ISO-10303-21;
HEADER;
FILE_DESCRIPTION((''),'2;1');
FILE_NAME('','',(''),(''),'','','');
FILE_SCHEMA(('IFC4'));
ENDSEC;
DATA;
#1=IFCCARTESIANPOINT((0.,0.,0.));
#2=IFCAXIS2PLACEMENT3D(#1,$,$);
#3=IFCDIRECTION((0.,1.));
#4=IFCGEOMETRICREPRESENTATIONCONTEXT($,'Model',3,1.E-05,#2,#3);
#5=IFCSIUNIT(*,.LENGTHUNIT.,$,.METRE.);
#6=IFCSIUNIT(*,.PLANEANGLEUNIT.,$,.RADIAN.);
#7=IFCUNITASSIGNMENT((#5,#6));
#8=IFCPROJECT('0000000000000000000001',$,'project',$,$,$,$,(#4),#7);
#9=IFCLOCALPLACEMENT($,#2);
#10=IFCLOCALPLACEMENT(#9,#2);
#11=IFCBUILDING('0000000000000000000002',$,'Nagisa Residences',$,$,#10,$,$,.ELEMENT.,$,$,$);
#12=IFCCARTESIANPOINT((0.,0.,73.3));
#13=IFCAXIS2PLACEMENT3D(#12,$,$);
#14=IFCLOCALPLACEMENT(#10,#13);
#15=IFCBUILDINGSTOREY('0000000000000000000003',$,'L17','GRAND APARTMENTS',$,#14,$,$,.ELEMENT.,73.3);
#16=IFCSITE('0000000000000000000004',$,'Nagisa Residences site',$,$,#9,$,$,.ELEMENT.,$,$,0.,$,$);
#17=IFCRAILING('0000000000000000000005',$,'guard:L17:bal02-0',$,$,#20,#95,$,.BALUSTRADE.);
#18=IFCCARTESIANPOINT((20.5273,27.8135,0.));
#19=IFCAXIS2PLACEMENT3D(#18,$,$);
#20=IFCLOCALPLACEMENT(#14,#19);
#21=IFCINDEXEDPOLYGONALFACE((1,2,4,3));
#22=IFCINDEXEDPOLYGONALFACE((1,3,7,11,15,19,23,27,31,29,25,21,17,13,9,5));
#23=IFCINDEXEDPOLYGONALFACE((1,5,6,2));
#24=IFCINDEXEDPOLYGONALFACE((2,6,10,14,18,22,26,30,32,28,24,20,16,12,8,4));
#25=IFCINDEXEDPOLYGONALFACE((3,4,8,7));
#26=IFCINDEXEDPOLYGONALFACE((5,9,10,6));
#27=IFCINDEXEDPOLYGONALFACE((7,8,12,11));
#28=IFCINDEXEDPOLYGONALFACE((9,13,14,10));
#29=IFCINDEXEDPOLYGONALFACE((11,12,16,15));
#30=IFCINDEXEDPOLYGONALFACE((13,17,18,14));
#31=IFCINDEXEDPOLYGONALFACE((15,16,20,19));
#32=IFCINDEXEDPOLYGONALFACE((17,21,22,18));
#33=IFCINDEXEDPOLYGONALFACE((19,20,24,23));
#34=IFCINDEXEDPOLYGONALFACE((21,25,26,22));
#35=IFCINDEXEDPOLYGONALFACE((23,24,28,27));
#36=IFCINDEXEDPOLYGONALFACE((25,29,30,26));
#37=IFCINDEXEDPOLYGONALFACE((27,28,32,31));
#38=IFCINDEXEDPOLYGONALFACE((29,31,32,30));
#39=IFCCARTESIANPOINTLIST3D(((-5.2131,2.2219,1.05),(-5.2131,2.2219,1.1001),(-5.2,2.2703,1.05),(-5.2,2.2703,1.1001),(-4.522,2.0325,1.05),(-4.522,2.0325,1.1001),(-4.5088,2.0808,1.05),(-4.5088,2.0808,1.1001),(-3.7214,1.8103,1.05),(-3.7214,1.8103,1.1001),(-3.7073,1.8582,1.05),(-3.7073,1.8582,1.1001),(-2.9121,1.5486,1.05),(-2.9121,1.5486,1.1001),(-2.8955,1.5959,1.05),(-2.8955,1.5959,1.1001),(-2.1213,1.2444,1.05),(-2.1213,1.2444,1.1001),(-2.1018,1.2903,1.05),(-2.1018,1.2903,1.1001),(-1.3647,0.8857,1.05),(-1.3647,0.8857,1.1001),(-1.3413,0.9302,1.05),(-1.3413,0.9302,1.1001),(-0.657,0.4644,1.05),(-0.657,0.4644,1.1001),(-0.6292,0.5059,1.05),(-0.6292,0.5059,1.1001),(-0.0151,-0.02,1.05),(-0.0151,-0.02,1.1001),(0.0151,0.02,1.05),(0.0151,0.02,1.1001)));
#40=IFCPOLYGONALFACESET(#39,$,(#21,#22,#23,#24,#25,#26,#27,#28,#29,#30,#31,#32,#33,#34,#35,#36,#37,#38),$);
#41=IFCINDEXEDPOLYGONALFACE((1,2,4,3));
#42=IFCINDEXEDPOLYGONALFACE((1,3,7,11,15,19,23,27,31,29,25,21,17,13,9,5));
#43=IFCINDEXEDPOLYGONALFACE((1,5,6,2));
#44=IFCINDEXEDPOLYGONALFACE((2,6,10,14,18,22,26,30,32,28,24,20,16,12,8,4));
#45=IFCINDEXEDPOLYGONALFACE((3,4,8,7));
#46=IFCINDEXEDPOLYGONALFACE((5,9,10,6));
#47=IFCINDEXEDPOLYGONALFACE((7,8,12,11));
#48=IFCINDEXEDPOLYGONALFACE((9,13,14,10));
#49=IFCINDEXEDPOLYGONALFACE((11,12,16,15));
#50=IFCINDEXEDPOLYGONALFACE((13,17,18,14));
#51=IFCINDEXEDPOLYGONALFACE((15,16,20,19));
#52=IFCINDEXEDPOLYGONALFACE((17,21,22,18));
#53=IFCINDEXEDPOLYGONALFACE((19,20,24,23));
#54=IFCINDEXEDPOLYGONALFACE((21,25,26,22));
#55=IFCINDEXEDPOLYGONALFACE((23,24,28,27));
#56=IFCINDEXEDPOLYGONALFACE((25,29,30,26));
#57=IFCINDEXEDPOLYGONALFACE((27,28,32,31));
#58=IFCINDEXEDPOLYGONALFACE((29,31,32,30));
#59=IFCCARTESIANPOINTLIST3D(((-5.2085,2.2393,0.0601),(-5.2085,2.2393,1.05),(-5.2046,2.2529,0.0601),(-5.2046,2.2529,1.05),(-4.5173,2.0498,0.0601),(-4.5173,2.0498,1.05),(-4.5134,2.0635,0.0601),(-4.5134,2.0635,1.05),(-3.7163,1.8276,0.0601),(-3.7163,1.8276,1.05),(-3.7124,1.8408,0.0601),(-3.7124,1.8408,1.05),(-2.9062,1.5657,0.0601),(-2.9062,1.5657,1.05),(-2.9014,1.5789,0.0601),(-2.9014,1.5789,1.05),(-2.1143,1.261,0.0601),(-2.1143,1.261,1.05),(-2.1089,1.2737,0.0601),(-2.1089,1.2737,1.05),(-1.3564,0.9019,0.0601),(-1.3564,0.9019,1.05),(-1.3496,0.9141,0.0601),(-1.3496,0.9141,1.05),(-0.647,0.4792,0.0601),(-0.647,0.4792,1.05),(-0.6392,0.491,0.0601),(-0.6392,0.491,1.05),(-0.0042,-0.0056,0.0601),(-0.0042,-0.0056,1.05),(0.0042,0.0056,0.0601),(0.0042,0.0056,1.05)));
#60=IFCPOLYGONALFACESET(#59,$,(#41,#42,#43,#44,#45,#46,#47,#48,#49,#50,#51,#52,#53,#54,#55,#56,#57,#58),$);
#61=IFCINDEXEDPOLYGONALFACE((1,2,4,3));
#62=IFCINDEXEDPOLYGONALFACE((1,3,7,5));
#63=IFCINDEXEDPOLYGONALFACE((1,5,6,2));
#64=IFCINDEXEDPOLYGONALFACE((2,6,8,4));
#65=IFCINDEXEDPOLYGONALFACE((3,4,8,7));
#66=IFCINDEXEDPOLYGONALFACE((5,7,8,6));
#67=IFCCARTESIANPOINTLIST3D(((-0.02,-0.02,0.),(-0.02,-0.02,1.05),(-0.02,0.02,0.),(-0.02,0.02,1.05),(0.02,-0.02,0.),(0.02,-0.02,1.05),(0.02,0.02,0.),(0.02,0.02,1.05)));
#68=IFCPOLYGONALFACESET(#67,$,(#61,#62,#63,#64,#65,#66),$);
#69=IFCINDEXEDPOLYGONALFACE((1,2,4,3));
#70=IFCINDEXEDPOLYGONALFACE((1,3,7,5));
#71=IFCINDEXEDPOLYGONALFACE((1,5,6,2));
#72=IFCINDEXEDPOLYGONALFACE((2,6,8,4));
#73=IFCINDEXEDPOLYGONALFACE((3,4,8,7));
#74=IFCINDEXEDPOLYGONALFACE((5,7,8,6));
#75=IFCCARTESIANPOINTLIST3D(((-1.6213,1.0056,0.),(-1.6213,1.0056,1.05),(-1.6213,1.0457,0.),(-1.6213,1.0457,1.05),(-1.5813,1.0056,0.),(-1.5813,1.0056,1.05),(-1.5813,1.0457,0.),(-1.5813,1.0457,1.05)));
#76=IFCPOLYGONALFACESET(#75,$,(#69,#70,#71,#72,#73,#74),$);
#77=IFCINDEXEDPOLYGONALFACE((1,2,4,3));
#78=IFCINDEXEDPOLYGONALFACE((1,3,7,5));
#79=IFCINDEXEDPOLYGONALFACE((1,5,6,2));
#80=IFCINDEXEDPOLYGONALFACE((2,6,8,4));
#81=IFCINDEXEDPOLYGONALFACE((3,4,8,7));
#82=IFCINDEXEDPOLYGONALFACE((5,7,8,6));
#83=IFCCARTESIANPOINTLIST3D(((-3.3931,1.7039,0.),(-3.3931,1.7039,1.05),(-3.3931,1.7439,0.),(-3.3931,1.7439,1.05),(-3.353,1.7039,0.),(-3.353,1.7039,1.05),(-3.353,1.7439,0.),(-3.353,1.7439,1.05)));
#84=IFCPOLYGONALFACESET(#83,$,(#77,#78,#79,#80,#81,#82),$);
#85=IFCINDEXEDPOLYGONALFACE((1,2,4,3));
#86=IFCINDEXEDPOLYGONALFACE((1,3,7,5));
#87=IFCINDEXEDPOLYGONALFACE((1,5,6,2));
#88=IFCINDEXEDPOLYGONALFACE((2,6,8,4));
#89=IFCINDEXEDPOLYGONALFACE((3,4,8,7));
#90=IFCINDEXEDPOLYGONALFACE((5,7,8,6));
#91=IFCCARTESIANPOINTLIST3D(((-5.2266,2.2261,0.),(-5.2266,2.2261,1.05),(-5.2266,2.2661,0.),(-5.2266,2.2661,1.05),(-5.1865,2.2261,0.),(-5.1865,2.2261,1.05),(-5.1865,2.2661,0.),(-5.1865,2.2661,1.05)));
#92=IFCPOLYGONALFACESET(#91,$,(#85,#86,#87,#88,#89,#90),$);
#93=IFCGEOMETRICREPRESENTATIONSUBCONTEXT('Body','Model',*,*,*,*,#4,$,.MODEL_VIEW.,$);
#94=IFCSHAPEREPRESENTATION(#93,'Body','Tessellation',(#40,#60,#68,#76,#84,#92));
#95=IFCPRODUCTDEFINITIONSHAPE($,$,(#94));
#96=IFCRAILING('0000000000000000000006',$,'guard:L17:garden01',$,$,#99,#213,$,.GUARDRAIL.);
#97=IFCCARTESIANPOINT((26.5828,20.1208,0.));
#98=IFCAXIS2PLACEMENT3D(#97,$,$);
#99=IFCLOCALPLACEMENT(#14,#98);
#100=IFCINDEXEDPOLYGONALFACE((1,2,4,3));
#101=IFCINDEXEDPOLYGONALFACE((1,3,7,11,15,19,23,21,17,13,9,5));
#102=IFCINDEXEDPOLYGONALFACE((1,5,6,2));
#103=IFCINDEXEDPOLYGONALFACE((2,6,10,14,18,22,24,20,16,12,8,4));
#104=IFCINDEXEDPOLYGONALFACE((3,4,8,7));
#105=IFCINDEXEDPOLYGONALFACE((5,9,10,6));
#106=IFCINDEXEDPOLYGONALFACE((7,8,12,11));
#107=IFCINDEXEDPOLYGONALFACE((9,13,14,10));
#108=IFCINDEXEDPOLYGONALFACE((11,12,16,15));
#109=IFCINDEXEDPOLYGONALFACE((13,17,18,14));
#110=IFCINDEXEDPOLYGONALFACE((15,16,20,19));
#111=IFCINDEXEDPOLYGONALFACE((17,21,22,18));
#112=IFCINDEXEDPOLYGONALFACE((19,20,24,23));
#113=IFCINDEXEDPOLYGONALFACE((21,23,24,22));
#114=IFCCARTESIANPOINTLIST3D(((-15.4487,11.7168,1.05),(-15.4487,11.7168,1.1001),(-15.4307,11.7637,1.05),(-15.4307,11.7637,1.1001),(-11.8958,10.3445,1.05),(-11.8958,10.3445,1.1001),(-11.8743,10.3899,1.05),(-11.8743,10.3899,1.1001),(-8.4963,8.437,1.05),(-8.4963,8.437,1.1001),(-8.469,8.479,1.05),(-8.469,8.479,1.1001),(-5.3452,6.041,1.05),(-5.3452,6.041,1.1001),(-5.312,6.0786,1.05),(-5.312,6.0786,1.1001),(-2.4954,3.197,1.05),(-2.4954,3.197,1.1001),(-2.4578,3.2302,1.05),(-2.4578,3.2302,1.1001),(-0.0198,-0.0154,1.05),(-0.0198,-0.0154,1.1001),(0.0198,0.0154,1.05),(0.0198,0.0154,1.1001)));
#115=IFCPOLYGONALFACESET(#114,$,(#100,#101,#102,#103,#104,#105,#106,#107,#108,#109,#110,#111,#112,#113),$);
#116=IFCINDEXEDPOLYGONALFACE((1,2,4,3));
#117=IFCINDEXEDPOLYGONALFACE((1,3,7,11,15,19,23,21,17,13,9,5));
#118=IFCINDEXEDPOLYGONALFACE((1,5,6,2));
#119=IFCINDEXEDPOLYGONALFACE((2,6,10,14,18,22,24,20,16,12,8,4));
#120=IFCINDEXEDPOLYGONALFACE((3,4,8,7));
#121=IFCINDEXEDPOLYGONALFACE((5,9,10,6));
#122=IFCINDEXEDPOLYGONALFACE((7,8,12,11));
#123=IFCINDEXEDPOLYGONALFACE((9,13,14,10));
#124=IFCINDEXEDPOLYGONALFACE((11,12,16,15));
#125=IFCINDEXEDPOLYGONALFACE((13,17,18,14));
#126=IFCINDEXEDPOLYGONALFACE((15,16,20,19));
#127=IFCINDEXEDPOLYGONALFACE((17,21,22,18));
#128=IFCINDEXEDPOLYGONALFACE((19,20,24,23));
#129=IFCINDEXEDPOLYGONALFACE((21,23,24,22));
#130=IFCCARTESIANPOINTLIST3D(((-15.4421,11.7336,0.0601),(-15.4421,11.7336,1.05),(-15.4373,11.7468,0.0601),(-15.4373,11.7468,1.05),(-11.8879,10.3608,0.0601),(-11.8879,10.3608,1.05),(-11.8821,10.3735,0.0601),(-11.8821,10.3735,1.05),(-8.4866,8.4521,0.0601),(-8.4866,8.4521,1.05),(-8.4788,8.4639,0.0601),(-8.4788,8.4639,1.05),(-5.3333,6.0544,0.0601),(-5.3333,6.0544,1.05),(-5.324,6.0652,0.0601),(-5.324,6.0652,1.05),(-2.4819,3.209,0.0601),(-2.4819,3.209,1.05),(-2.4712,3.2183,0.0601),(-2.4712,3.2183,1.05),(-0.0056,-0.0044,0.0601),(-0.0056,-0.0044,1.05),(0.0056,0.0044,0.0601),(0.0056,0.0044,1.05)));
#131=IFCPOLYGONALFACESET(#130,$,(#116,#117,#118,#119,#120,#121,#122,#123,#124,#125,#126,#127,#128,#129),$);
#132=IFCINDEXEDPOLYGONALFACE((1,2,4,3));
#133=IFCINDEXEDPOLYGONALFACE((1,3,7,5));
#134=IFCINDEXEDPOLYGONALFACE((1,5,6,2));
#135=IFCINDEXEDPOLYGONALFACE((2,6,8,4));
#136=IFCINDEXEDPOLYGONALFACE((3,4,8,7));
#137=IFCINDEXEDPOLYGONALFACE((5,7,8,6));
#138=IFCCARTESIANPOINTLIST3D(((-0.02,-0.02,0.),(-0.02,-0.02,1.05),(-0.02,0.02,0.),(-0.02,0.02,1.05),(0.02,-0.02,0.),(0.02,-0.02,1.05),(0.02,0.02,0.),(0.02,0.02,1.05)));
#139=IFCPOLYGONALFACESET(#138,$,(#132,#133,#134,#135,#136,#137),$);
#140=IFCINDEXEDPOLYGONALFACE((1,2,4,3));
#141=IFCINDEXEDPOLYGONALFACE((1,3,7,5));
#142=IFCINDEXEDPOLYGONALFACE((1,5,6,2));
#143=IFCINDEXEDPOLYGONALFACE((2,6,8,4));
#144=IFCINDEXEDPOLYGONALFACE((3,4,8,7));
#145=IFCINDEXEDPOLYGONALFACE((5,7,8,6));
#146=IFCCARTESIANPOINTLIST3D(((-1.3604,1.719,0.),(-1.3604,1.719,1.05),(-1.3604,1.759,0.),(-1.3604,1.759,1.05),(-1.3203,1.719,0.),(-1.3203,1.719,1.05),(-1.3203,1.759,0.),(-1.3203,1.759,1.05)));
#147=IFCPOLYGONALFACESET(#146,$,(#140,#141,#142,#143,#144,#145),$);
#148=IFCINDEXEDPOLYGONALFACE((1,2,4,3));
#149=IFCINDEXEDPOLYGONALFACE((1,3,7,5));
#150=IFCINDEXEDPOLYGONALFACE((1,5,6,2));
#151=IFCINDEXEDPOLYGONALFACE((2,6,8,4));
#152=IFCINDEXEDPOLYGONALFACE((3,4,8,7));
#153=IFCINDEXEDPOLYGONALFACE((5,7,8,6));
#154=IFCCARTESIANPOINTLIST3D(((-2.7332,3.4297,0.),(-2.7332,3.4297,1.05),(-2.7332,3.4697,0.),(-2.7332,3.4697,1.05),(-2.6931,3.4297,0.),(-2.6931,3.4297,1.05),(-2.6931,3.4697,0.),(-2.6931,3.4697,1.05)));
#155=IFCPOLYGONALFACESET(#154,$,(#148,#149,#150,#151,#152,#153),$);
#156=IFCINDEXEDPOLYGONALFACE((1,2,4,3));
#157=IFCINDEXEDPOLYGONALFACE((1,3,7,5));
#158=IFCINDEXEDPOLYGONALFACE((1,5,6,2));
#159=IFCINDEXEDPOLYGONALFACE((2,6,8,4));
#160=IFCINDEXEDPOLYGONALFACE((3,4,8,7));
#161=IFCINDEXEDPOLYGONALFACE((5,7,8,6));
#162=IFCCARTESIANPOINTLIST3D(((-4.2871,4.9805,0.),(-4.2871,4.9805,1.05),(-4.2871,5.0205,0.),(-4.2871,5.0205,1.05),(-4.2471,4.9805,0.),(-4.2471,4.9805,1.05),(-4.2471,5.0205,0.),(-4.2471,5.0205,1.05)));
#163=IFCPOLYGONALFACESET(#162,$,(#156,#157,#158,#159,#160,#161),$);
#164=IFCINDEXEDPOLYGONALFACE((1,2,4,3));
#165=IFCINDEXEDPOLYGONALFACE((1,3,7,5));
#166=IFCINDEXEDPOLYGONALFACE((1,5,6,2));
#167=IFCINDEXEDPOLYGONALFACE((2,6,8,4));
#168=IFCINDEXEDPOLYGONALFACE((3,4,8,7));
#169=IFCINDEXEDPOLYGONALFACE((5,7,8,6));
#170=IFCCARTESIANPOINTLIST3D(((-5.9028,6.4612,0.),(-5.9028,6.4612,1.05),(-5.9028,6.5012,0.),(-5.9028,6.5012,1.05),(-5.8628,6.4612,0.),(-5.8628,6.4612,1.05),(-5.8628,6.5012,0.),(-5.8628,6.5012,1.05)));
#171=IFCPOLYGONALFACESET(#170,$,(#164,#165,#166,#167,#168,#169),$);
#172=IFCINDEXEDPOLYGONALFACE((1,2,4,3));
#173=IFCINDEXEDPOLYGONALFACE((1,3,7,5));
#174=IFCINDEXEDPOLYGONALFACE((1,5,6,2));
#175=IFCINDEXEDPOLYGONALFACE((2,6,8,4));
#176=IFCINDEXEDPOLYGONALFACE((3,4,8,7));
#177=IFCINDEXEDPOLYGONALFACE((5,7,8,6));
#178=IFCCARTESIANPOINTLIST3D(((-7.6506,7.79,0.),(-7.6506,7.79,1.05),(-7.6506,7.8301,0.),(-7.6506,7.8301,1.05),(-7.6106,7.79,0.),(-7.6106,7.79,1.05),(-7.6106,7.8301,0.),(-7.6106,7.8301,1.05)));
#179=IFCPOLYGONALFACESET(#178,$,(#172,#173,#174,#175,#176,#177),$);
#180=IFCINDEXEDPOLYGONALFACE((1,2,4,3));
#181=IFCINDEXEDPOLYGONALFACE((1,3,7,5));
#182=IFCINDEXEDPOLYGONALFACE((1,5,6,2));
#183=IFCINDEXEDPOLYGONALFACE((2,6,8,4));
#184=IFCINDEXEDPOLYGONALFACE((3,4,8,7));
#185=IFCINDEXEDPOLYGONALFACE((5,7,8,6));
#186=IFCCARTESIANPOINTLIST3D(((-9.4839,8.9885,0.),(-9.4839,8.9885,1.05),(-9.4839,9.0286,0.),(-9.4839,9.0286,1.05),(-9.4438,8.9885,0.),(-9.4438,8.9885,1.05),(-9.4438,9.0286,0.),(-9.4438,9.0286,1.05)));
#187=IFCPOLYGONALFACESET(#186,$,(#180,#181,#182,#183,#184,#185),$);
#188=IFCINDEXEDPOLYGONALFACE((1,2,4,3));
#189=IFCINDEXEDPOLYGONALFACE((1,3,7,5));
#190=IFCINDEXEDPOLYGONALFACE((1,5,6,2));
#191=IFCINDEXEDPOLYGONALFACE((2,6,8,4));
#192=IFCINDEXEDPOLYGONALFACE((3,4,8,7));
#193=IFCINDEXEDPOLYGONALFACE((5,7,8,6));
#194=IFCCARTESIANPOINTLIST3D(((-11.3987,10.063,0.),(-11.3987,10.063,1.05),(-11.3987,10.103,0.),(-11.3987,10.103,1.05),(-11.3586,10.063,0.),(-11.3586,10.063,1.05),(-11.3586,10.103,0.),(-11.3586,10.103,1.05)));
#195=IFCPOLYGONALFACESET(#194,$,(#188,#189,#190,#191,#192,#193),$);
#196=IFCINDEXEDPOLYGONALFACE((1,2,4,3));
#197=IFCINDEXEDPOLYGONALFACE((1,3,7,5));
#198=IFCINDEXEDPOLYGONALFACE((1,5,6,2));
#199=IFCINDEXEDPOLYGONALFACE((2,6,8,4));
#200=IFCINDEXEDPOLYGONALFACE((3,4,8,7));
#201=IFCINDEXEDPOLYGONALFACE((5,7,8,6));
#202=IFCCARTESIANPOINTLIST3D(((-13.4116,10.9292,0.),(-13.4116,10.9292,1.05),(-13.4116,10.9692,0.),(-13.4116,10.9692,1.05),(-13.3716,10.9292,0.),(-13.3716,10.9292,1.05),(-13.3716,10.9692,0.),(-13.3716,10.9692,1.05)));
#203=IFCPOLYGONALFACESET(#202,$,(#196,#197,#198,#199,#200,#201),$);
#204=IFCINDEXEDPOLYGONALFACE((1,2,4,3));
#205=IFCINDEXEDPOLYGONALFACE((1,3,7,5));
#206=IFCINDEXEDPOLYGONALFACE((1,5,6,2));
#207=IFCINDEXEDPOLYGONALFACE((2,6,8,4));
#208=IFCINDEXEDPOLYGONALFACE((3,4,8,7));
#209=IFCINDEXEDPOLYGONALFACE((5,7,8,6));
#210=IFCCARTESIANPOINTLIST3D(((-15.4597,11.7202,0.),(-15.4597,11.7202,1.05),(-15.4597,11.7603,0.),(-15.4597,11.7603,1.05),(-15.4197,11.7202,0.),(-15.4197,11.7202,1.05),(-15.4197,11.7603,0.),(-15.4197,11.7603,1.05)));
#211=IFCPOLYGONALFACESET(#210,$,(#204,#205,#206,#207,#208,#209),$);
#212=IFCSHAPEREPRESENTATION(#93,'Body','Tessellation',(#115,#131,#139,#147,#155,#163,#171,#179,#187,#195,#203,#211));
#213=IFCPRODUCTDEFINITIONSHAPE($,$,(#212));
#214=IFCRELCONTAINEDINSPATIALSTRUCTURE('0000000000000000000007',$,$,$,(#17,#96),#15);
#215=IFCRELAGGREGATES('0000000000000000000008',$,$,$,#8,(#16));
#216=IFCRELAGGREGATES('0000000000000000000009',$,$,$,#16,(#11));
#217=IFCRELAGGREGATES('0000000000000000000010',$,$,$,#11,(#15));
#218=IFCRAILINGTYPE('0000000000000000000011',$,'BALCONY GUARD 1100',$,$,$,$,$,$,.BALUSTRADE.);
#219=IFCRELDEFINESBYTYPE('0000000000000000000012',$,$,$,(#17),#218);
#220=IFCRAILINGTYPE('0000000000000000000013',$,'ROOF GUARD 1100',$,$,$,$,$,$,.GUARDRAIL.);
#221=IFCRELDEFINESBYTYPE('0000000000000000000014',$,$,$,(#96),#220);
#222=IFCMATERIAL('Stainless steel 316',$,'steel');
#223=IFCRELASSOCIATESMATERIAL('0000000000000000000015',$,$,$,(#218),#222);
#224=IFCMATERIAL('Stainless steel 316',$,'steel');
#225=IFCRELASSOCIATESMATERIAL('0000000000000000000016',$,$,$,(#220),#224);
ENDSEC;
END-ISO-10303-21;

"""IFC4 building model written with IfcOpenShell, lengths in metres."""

from ifc_helpers import new_model, si_unit, direction, frame, origin, origin_2d, place, context, subcontext, project, spatial, polyline, rectangle, outline, extrude, material, type_object, element, save


model = new_model("IFC4")

# Units and contexts
model_context = context("Model", 3, precision=1e-05, world=origin(), true_north=direction((0.0, 1.0)))
body_context = subcontext(model_context, "Body", "Model", "MODEL_VIEW")
ifc_project = project(units=[si_unit("LENGTHUNIT", "METRE"), si_unit("PLANEANGLEUNIT", "RADIAN")], contexts=[model_context])

# Site, building, storey
site_placement = place(None, origin())
site = spatial("IfcSite", under=ifc_project, at=site_placement, Name="Nagisa Residences site", CompositionType="ELEMENT", RefElevation=0.0)
building_placement = place(site_placement, origin())
building = spatial("IfcBuilding", under=site, at=building_placement, Name="Nagisa Residences", CompositionType="ELEMENT")
storey_placement = place(building_placement, frame((0.0, 0.0, 73.3)))
storey = spatial("IfcBuildingStorey", under=building, at=storey_placement, Name="L17", Description="GRAND APARTMENTS", CompositionType="ELEMENT", Elevation=73.3)

# Railings
ifc_material_1 = material(Name="Stainless steel 316", Category="steel")
railing_type_1 = type_object("IfcRailingType", Name="BALCONY GUARD 1100", PredefinedType="BALUSTRADE", material=ifc_material_1)
railing_1_placement = place(storey_placement, frame((20.5273, 27.8135, 0.0)))
element("IfcRailing", 1, at=railing_1_placement, inside=storey, type_object=railing_type_1, Name="guard:L17:bal02-0", PredefinedType="BALUSTRADE", context=body_context, shape_type="SweptSolid", body=[
    extrude(outline(polyline([(-0.657, 0.4644), (-0.0151, -0.02), (0.0151, 0.02), (-0.6292, 0.5059), (-1.3413, 0.9302), (-2.1018, 1.2903), (-2.8955, 1.5959), (-3.7073, 1.8582), (-4.5088, 2.0808), (-5.2, 2.2703), (-5.2131, 2.2219), (-4.522, 2.0325), (-3.7214, 1.8103), (-2.9121, 1.5486), (-2.1213, 1.2444), (-1.3647, 0.8857), (-0.657, 0.4644)])), frame((0.0, 0.0, 1.05)), (0.0, 0.0, 1.0), 0.05),
    extrude(outline(polyline([(-0.647, 0.4792), (-0.0042, -0.0056), (0.0042, 0.0056), (-0.6392, 0.491), (-1.3496, 0.9141), (-2.1089, 1.2737), (-2.9014, 1.5789), (-3.7124, 1.8408), (-4.5134, 2.0635), (-5.2046, 2.2529), (-5.2085, 2.2393), (-4.5173, 2.0498), (-3.7163, 1.8276), (-2.9062, 1.5657), (-2.1143, 1.261), (-1.3564, 0.9019), (-0.647, 0.4792)])), frame((0.0, 0.0, 0.0601)), (0.0, 0.0, 1.0), 0.99),
    extrude(rectangle(XDim=0.04, YDim=0.04, at=origin_2d()), origin(), (0.0, 0.0, 1.0), 1.05),
    extrude(rectangle(XDim=0.04, YDim=0.04, at=origin_2d()), frame((-1.6013, 1.0256, 0.0)), (0.0, 0.0, 1.0), 1.05),
    extrude(rectangle(XDim=0.04, YDim=0.04, at=origin_2d()), frame((-3.373, 1.7239, 0.0)), (0.0, 0.0, 1.0), 1.05),
    extrude(rectangle(XDim=0.04, YDim=0.04, at=origin_2d()), frame((-5.2065, 2.2461, 0.0)), (0.0, 0.0, 1.0), 1.05),
])
ifc_material_2 = material(Name="Stainless steel 316", Category="steel")
railing_type_2 = type_object("IfcRailingType", Name="ROOF GUARD 1100", PredefinedType="GUARDRAIL", material=ifc_material_2)
railing_2_placement = place(storey_placement, frame((26.5828, 20.1208, 0.0)))
element("IfcRailing", 2, at=railing_2_placement, inside=storey, type_object=railing_type_2, Name="guard:L17:garden01", PredefinedType="GUARDRAIL", context=body_context, shape_type="SweptSolid", body=[
    extrude(outline(polyline([(-2.4954, 3.197), (-0.0198, -0.0154), (0.0198, 0.0154), (-2.4578, 3.2302), (-5.312, 6.0786), (-8.469, 8.479), (-11.8743, 10.3899), (-15.4307, 11.7637), (-15.4487, 11.7168), (-11.8958, 10.3445), (-8.4963, 8.437), (-5.3452, 6.041), (-2.4954, 3.197)])), frame((0.0, 0.0, 1.05)), (0.0, 0.0, 1.0), 0.05),
    extrude(outline(polyline([(-2.4819, 3.209), (-0.0056, -0.0044), (0.0056, 0.0044), (-2.4712, 3.2183), (-5.324, 6.0652), (-8.4788, 8.4639), (-11.8821, 10.3735), (-15.4373, 11.7468), (-15.4421, 11.7336), (-11.8879, 10.3608), (-8.4866, 8.4521), (-5.3333, 6.0544), (-2.4819, 3.209)])), frame((0.0, 0.0, 0.0601)), (0.0, 0.0, 1.0), 0.99),
    extrude(rectangle(XDim=0.04, YDim=0.04, at=origin_2d()), origin(), (0.0, 0.0, 1.0), 1.05),
    extrude(rectangle(XDim=0.04, YDim=0.04, at=origin_2d()), frame((-1.3403, 1.739, 0.0)), (0.0, 0.0, 1.0), 1.05),
    extrude(rectangle(XDim=0.04, YDim=0.04, at=origin_2d()), frame((-2.7131, 3.4497, 0.0)), (0.0, 0.0, 1.0), 1.05),
    extrude(rectangle(XDim=0.04, YDim=0.04, at=origin_2d()), frame((-4.2671, 5.0005, 0.0)), (0.0, 0.0, 1.0), 1.05),
    extrude(rectangle(XDim=0.04, YDim=0.04, at=origin_2d()), frame((-5.8828, 6.4812, 0.0)), (0.0, 0.0, 1.0), 1.05),
    extrude(rectangle(XDim=0.04, YDim=0.04, at=origin_2d()), frame((-7.6306, 7.8101, 0.0)), (0.0, 0.0, 1.0), 1.05),
    extrude(rectangle(XDim=0.04, YDim=0.04, at=origin_2d()), frame((-9.4639, 9.0085, 0.0)), (0.0, 0.0, 1.0), 1.05),
    extrude(rectangle(XDim=0.04, YDim=0.04, at=origin_2d()), frame((-11.3787, 10.083, 0.0)), (0.0, 0.0, 1.0), 1.05),
    extrude(rectangle(XDim=0.04, YDim=0.04, at=origin_2d()), frame((-13.3916, 10.9492, 0.0)), (0.0, 0.0, 1.0), 1.05),
    extrude(rectangle(XDim=0.04, YDim=0.04, at=origin_2d()), frame((-15.4397, 11.7402, 0.0)), (0.0, 0.0, 1.0), 1.05),
])

save(model, "model.ifc")
